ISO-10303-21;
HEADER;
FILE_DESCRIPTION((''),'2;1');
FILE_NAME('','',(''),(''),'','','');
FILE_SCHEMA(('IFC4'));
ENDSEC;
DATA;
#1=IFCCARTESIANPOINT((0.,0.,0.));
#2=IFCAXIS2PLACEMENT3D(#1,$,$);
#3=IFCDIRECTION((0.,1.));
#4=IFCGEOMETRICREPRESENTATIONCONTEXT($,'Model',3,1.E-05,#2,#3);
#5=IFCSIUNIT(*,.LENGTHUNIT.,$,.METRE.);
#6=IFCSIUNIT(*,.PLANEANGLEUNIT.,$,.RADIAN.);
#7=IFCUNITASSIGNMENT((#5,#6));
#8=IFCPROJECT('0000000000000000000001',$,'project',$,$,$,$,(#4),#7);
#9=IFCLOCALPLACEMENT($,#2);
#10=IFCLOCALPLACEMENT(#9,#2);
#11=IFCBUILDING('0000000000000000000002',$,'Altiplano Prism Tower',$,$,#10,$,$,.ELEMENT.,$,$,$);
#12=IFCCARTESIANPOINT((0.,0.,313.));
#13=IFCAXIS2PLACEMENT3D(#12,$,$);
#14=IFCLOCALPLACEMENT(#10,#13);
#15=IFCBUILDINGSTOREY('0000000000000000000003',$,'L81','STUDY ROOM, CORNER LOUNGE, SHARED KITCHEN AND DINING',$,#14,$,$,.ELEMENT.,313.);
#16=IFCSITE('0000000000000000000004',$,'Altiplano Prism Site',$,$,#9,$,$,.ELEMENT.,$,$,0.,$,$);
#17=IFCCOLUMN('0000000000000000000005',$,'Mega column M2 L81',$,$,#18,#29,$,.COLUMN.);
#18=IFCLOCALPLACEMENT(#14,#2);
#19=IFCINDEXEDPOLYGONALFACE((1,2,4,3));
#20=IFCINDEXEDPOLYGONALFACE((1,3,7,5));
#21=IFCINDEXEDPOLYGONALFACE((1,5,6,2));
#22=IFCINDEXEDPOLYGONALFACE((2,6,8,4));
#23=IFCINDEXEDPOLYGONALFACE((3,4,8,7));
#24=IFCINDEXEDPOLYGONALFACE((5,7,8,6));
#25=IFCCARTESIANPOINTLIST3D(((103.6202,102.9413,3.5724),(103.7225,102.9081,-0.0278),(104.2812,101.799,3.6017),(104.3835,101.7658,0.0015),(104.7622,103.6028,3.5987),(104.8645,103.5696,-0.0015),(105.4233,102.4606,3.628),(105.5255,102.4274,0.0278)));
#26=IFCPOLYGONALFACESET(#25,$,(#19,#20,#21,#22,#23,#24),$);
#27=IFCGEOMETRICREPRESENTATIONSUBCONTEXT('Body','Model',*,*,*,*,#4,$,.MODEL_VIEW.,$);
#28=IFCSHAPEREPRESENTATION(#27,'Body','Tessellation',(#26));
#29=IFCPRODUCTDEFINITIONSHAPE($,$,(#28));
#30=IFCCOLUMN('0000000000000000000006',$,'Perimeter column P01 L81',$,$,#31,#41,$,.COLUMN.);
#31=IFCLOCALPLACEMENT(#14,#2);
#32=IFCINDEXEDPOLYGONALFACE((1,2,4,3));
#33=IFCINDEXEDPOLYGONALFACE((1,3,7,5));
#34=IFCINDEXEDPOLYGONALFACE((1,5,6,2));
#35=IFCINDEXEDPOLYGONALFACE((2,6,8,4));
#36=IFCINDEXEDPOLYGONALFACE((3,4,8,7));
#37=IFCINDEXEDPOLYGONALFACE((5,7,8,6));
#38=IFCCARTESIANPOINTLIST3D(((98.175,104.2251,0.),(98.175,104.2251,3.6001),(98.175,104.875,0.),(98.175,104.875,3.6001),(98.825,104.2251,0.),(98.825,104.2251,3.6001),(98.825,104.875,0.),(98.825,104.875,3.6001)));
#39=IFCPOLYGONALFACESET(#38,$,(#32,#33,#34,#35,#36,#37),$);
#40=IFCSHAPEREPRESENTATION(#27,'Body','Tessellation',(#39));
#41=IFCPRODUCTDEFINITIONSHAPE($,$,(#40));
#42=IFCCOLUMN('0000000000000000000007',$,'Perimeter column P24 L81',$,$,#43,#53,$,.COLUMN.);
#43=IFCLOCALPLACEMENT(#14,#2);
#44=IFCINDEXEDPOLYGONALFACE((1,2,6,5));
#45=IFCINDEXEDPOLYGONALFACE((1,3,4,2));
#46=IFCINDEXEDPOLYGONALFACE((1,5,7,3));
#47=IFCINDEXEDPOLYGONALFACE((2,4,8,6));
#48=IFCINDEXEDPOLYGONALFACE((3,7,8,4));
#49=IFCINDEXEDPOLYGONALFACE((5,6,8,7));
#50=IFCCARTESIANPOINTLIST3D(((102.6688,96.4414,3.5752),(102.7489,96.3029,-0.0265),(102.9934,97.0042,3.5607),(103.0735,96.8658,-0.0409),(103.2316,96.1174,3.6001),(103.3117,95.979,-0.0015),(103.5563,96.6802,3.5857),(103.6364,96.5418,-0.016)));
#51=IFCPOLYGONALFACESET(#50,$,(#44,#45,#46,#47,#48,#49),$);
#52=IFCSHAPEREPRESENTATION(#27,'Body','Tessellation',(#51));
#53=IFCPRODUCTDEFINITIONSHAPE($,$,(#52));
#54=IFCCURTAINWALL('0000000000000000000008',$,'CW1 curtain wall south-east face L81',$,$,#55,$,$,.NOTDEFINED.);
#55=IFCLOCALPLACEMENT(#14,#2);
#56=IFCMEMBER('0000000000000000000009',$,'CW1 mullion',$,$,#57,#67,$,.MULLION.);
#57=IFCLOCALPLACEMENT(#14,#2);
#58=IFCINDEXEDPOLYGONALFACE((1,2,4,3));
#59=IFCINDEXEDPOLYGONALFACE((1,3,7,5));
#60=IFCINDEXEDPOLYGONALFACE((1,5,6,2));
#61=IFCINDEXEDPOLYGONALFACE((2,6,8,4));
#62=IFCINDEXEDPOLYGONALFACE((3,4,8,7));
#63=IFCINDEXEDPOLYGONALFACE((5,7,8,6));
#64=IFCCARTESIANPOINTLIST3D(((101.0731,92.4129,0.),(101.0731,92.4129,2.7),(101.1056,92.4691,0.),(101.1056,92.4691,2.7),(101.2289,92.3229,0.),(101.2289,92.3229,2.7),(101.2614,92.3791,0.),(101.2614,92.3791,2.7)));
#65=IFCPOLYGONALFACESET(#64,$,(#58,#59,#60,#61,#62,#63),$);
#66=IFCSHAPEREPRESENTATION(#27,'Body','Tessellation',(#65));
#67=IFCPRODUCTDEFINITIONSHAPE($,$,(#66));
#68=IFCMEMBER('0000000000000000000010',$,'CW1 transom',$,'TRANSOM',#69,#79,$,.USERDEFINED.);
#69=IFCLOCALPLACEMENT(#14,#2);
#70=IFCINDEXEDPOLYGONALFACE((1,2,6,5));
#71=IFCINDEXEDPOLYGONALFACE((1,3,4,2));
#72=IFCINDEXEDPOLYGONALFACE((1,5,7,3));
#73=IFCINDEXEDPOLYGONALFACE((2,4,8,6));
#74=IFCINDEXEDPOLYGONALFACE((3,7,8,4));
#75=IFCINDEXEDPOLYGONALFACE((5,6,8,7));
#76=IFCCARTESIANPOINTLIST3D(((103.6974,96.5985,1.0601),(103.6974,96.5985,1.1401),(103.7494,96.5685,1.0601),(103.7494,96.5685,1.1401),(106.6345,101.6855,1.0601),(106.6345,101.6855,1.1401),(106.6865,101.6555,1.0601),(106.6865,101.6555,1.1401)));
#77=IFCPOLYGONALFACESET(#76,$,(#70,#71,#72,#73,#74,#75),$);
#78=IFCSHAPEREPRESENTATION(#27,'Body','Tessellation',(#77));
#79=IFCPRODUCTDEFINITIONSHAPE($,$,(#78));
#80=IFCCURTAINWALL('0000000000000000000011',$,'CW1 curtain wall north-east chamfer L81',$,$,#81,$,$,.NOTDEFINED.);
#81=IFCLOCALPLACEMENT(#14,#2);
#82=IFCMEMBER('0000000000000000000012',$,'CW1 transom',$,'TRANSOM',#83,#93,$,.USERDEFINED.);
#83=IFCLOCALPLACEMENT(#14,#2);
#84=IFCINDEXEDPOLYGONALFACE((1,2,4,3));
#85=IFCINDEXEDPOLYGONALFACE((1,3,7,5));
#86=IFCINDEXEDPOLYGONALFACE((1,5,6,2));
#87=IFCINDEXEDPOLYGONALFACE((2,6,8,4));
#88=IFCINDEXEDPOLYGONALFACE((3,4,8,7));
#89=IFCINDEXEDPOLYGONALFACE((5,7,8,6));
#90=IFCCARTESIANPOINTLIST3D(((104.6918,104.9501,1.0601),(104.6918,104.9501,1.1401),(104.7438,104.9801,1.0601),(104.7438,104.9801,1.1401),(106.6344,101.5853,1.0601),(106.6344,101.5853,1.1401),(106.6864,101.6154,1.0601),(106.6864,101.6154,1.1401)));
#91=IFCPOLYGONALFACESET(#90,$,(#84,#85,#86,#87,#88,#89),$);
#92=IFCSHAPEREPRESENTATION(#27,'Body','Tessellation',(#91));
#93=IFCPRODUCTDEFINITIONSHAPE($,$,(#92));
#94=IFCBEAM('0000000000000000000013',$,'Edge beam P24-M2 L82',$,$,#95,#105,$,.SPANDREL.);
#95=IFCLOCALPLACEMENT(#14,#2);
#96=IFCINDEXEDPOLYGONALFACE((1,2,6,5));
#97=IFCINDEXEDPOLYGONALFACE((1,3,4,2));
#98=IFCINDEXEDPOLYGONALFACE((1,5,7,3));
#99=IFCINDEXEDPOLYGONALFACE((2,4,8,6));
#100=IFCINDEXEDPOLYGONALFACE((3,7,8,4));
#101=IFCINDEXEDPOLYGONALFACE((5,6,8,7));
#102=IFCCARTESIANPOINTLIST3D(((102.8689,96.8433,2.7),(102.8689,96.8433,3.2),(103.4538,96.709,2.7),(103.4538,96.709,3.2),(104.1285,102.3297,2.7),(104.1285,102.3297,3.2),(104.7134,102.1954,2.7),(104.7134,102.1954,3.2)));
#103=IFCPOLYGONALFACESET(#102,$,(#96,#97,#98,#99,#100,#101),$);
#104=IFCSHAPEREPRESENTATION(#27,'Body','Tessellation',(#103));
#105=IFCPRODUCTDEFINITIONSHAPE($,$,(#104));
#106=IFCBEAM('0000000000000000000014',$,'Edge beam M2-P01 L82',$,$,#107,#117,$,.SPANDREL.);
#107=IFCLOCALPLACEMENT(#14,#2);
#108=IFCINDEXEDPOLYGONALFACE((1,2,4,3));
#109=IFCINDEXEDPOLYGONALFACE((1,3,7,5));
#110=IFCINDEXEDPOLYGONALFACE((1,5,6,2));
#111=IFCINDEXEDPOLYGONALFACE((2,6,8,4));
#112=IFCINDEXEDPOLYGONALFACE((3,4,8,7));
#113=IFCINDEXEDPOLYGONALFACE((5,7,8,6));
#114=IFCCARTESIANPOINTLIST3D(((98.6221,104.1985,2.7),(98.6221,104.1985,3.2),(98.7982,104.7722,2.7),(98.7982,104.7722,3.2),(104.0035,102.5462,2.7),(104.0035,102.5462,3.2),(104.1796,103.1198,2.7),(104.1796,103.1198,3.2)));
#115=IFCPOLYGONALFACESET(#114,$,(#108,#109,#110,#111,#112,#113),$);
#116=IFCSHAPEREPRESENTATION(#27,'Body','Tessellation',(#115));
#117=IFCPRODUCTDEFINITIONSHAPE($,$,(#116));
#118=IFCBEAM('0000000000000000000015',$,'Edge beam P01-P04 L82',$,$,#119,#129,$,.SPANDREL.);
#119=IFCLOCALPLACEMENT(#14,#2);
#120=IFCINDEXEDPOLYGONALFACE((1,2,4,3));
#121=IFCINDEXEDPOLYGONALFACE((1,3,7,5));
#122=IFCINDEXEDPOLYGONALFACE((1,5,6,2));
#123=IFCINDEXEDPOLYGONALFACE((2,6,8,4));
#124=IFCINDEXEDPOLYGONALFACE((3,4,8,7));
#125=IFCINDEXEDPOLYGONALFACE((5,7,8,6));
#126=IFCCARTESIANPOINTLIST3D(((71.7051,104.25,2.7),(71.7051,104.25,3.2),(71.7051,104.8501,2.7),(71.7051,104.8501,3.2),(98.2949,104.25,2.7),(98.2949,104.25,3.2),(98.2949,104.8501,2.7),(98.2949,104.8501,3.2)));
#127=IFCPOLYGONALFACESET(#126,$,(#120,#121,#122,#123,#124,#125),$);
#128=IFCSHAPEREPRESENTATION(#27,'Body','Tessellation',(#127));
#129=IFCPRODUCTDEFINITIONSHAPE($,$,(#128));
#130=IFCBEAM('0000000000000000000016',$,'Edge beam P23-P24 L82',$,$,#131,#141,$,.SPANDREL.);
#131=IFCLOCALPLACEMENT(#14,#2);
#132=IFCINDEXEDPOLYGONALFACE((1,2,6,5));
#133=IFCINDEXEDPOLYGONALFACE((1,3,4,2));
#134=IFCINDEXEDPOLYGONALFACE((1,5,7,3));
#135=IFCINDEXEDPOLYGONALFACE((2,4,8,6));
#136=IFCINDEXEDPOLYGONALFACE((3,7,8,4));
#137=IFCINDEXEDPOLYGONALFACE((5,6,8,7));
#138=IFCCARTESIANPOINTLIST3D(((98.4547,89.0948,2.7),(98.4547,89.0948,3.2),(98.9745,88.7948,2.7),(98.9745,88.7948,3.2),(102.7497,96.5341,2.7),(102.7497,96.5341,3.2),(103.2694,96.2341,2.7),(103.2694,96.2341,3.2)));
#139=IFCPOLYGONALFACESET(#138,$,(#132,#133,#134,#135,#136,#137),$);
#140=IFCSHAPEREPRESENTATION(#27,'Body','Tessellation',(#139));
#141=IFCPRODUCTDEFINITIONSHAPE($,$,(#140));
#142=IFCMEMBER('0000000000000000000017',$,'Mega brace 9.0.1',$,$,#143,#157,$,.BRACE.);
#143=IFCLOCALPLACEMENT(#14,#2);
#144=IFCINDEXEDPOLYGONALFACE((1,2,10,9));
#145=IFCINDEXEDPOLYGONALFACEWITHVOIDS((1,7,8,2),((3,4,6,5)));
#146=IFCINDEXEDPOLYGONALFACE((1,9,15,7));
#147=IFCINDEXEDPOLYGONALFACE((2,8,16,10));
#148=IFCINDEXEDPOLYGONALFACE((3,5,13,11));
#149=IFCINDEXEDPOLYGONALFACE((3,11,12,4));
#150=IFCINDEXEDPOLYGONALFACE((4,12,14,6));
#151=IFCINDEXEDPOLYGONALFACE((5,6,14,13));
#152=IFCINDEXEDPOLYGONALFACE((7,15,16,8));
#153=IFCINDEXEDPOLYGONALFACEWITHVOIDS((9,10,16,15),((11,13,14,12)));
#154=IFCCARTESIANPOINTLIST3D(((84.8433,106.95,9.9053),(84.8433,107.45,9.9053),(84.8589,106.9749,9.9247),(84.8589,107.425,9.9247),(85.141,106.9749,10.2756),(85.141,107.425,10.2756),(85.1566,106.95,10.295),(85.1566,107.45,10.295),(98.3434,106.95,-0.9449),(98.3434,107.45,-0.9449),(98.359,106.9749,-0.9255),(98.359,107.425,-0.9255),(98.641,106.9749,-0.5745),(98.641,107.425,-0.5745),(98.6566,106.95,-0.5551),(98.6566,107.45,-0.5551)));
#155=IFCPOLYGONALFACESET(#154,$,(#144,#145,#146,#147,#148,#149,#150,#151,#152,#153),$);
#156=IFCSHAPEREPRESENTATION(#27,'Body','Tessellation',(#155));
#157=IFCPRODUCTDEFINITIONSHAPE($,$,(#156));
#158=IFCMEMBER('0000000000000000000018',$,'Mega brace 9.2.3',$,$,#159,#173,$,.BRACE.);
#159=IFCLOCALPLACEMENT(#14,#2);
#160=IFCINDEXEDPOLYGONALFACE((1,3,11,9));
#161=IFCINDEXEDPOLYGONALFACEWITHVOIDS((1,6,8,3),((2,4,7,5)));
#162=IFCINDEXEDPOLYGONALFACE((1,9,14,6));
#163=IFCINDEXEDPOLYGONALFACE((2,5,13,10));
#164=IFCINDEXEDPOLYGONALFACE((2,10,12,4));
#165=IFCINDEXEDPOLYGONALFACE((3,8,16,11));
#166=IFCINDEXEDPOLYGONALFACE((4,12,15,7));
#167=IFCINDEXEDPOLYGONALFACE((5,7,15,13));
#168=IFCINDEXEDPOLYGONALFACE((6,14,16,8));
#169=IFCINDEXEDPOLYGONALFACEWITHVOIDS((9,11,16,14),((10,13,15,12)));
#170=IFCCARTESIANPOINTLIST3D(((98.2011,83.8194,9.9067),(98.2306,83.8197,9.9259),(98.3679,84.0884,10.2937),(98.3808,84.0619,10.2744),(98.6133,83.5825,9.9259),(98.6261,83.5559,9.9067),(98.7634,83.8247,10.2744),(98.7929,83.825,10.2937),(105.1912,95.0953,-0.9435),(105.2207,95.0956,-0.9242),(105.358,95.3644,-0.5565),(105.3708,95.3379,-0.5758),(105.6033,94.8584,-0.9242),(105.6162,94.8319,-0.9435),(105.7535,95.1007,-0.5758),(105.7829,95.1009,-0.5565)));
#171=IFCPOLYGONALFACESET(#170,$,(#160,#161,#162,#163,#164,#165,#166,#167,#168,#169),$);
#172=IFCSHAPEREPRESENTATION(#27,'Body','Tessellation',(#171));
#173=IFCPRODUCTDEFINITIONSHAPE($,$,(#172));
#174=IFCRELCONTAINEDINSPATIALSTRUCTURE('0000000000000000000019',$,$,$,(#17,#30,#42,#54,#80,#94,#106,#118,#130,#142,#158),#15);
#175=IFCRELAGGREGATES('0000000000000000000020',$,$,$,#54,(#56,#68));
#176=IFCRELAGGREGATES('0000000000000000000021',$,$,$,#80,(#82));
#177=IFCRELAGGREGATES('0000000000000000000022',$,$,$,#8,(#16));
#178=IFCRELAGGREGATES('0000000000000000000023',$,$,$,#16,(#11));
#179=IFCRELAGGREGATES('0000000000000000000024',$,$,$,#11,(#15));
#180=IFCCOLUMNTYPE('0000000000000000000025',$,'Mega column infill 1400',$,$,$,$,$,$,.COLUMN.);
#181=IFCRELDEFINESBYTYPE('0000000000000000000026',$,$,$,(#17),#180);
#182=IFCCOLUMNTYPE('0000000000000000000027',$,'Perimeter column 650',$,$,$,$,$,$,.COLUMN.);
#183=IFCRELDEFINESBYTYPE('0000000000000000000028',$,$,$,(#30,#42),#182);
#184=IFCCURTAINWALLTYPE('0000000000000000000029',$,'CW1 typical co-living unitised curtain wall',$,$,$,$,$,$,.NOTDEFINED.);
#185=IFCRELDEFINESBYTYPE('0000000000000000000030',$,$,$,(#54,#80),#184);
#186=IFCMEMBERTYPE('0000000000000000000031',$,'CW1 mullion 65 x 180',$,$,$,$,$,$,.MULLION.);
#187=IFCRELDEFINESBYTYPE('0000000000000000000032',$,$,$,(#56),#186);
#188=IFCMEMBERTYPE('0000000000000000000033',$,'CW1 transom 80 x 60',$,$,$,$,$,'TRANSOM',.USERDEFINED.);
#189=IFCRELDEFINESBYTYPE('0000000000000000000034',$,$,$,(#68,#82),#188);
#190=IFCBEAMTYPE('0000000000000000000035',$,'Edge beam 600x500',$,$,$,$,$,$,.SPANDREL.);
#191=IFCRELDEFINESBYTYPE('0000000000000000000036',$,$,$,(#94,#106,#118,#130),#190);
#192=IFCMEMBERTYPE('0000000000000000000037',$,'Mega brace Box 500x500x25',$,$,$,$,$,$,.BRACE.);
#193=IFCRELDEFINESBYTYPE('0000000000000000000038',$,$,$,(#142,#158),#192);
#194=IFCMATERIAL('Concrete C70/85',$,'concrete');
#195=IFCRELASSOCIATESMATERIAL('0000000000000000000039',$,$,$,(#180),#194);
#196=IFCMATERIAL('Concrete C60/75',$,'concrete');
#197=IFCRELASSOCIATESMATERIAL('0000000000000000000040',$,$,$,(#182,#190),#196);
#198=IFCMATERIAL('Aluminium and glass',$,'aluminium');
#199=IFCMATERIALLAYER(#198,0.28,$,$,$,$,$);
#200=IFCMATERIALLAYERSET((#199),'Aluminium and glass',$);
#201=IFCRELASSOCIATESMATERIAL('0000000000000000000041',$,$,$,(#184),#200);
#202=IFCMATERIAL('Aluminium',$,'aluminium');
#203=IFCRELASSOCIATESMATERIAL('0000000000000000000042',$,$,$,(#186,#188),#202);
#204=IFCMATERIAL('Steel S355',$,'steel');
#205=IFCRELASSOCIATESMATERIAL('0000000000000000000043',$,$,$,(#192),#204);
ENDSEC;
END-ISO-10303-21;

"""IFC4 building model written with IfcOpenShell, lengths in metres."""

from ifc_helpers import new_model, si_unit, direction, frame, origin, origin_2d, place, context, subcontext, project, spatial, rectangle, hollow_rectangle, extrude, material, layer, layer_set, material_profile, profile_set, type_object, element, aggregate, save


model = new_model("IFC4")

# Units and contexts
model_context = context("Model", 3, precision=1e-05, world=origin(), true_north=direction((0.0, 1.0)))
body_context = subcontext(model_context, "Body", "Model", "MODEL_VIEW")
ifc_project = project(units=[si_unit("LENGTHUNIT", "METRE"), si_unit("PLANEANGLEUNIT", "RADIAN")], contexts=[model_context])

# Site, building, storey
site_placement = place(None, origin())
site = spatial("IfcSite", under=ifc_project, at=site_placement, Name="Altiplano Prism Site", CompositionType="ELEMENT", RefElevation=0.0)
building_placement = place(site_placement, origin())
building = spatial("IfcBuilding", under=site, at=building_placement, Name="Altiplano Prism Tower", CompositionType="ELEMENT")
storey_placement = place(building_placement, frame((0.0, 0.0, 313.0)))
storey = spatial("IfcBuildingStorey", under=building, at=storey_placement, Name="L81", Description="STUDY ROOM, CORNER LOUNGE, SHARED KITCHEN AND DINING", CompositionType="ELEMENT", Elevation=313.0)

# Columns
ifc_material_1 = material(Name="Concrete C70/85", Category="concrete")
ifc_material_profile_1 = material_profile(ifc_material_1, rectangle(XDim=1.3201, YDim=1.3201, at=origin_2d()), Name="Mega column infill 1400")
ifc_profile_set_1 = profile_set([ifc_material_profile_1], Name="Concrete C70/85")
column_type_1 = type_object("IfcColumnType", Name="Mega column infill 1400", PredefinedType="COLUMN", material=ifc_profile_set_1)
column_1_placement = place(storey_placement, frame((104.624, 102.6677, 0.0), z_axis=(-0.028402, 0.009219, 0.999554), x_axis=(0.500755, -0.865304, 0.022209)))
element("IfcColumn", 1, at=column_1_placement, inside=storey, type_object=column_type_1, Name="Mega column M2 L81", PredefinedType="COLUMN", context=body_context, shape_type="SweptSolid", body=[
    extrude(rectangle(XDim=1.3201, YDim=1.3201, at=origin_2d()), origin(), (0.0, 0.0, 1.0), 3.6018),
])
ifc_material_2 = material(Name="Concrete C60/75", Category="concrete")
ifc_material_profile_2 = material_profile(ifc_material_2, rectangle(XDim=0.6499, YDim=0.6499, at=origin_2d()), Name="Perimeter column 650")
ifc_profile_set_2 = profile_set([ifc_material_profile_2], Name="Concrete C60/75")
column_type_2 = type_object("IfcColumnType", Name="Perimeter column 650", PredefinedType="COLUMN", material=ifc_profile_set_2)
column_2_placement = place(storey_placement, frame((98.5, 104.55, 0.0), z_axis=(0.0, 0.0, 1.0), x_axis=(1.0, 0.0, 0.0)))
element("IfcColumn", 2, at=column_2_placement, inside=storey, type_object=column_type_2, Name="Perimeter column P01 L81", PredefinedType="COLUMN", context=body_context, shape_type="SweptSolid", body=[
    extrude(rectangle(XDim=0.6499, YDim=0.6499, at=origin_2d()), origin(), (0.0, 0.0, 1.0), 3.6001),
])
column_3_placement = place(storey_placement, frame((103.1926, 96.4224, -0.0212), z_axis=(-0.022212, 0.038398, 0.999016), x_axis=(-0.499508, -0.866025, 0.02218)))
element("IfcColumn", 3, at=column_3_placement, inside=storey, type_object=column_type_2, Name="Perimeter column P24 L81", PredefinedType="COLUMN", context=body_context, shape_type="SweptSolid", body=[
    extrude(rectangle(XDim=0.6499, YDim=0.6499, at=origin_2d()), origin(), (0.0, 0.0, 1.0), 3.6052),
])

# Curtain wall, members
ifc_material_3 = material(Name="Aluminium and glass", Category="aluminium")
ifc_layer_1 = layer(ifc_material_3, 0.28)
ifc_layer_set_1 = layer_set([ifc_layer_1], Name="Aluminium and glass")
curtain_wall_type = type_object("IfcCurtainWallType", Name="CW1 typical co-living unitised curtain wall", PredefinedType="NOTDEFINED", material=ifc_layer_set_1)
curtain_wall_1_placement = place(storey_placement, origin())
curtain_wall_1 = element("IfcCurtainWall", 4, at=curtain_wall_1_placement, inside=storey, type_object=curtain_wall_type, Name="CW1 curtain wall south-east face L81", PredefinedType="NOTDEFINED")
ifc_material_4 = material(Name="Aluminium", Category="aluminium")
ifc_material_profile_3 = material_profile(ifc_material_4, rectangle(XDim=0.1799, YDim=0.0649, at=origin_2d()), Name="CW1 mullion 65 x 180")
ifc_profile_set_3 = profile_set([ifc_material_profile_3], Name="Aluminium")
member_type_1 = type_object("IfcMemberType", Name="CW1 mullion 65 x 180", PredefinedType="MULLION", material=ifc_profile_set_3)
member_1_placement = place(storey_placement, frame((101.1672, 92.396, 0.0), z_axis=(0.0, 0.0, 1.0), x_axis=(-0.866025, 0.5, 0.0)))
member_1 = element("IfcMember", 5, at=member_1_placement, type_object=member_type_1, Name="CW1 mullion", PredefinedType="MULLION", context=body_context, shape_type="SweptSolid", body=[
    extrude(rectangle(XDim=0.1799, YDim=0.0649, at=origin_2d()), origin(), (0.0, 0.0, 1.0), 2.7),
])
ifc_material_profile_4 = material_profile(ifc_material_4, rectangle(XDim=0.0601, YDim=0.0801, at=origin_2d()), Name="CW1 transom 80 x 60")
ifc_profile_set_4 = profile_set([ifc_material_profile_4], Name="Aluminium")
member_type_2 = type_object("IfcMemberType", Name="CW1 transom 80 x 60", ElementType="TRANSOM", PredefinedType="USERDEFINED", material=ifc_profile_set_4)
member_2_placement = place(storey_placement, frame((103.7234, 96.5835, 1.1001), z_axis=(0.50001, 0.866019, 0.0), x_axis=(-0.866019, 0.50001, 0.0)))
member_2 = element("IfcMember", 6, at=member_2_placement, type_object=member_type_2, Name="CW1 transom", ObjectType="TRANSOM", PredefinedType="USERDEFINED", context=body_context, shape_type="SweptSolid", body=[
    extrude(rectangle(XDim=0.0601, YDim=0.0801, at=origin_2d()), origin(), (0.0, 0.0, 1.0), 5.874),
])

# Curtain wall, member
curtain_wall_2_placement = place(storey_placement, origin())
curtain_wall_2 = element("IfcCurtainWall", 7, at=curtain_wall_2_placement, inside=storey, type_object=curtain_wall_type, Name="CW1 curtain wall north-east chamfer L81", PredefinedType="NOTDEFINED")
member_3_placement = place(storey_placement, frame((106.6604, 101.6003, 1.1001), z_axis=(-0.499998, 0.866027, 0.0), x_axis=(-0.866027, -0.499998, 0.0)))
member_3 = element("IfcMember", 8, at=member_3_placement, type_object=member_type_2, Name="CW1 transom", ObjectType="TRANSOM", PredefinedType="USERDEFINED", context=body_context, shape_type="SweptSolid", body=[
    extrude(rectangle(XDim=0.0601, YDim=0.0801, at=origin_2d()), origin(), (0.0, 0.0, 1.0), 3.8853),
])

# Beams
ifc_material_profile_5 = material_profile(ifc_material_2, rectangle(XDim=0.6001, YDim=0.5, at=origin_2d()), Name="Edge beam 600x500")
ifc_profile_set_5 = profile_set([ifc_material_profile_5], Name="Concrete C60/75")
beam_type = type_object("IfcBeamType", Name="Edge beam 600x500", PredefinedType="SPANDREL", material=ifc_profile_set_5)
beam_1_placement = place(storey_placement, frame((103.1614, 96.7761, 2.95), z_axis=(0.223754, 0.974646, 0.0), x_axis=(-0.974646, 0.223754, 0.0)))
element("IfcBeam", 9, at=beam_1_placement, inside=storey, type_object=beam_type, Name="Edge beam P24-M2 L82", PredefinedType="SPANDREL", context=body_context, shape_type="SweptSolid", body=[
    extrude(rectangle(XDim=0.6001, YDim=0.5, at=origin_2d()), origin(), (0.0, 0.0, 1.0), 5.6292),
])
beam_2_placement = place(storey_placement, frame((104.0916, 102.833, 2.95), z_axis=(-0.955951, 0.293525, 0.0), x_axis=(-0.293525, -0.955951, 0.0)))
element("IfcBeam", 10, at=beam_2_placement, inside=storey, type_object=beam_type, Name="Edge beam M2-P01 L82", PredefinedType="SPANDREL", context=body_context, shape_type="SweptSolid", body=[
    extrude(rectangle(XDim=0.6001, YDim=0.5, at=origin_2d()), origin(), (0.0, 0.0, 1.0), 5.6294),
])
beam_3_placement = place(storey_placement, frame((98.2949, 104.55, 2.95), z_axis=(-1.0, 0.0, 0.0), x_axis=(0.0, -1.0, 0.0)))
element("IfcBeam", 11, at=beam_3_placement, inside=storey, type_object=beam_type, Name="Edge beam P01-P04 L82", PredefinedType="SPANDREL", context=body_context, shape_type="SweptSolid", body=[
    extrude(rectangle(XDim=0.6001, YDim=0.5, at=origin_2d()), origin(), (0.0, 0.0, 1.0), 26.5898),
])
beam_4_placement = place(storey_placement, frame((98.7146, 88.9448, 2.95), z_axis=(0.499991, 0.866031, 0.0), x_axis=(-0.866031, 0.499991, 0.0)))
element("IfcBeam", 12, at=beam_4_placement, inside=storey, type_object=beam_type, Name="Edge beam P23-P24 L82", PredefinedType="SPANDREL", context=body_context, shape_type="SweptSolid", body=[
    extrude(rectangle(XDim=0.6001, YDim=0.5, at=origin_2d()), origin(), (0.0, 0.0, 1.0), 8.5901),
])

# Members
ifc_material_5 = material(Name="Steel S355", Category="steel")
ifc_material_profile_6 = material_profile(ifc_material_5, hollow_rectangle(XDim=0.5, YDim=0.5, WallThickness=0.0249, at=origin_2d()), Name="Mega brace Box 500x500x25")
ifc_profile_set_6 = profile_set([ifc_material_profile_6], Name="Steel S355")
member_type_3 = type_object("IfcMemberType", Name="Mega brace Box 500x500x25", PredefinedType="BRACE", material=ifc_profile_set_6)
member_4_placement = place(storey_placement, frame((98.5, 107.2, -0.75), z_axis=(-0.779456, 0.0, 0.626457), x_axis=(0.0, -1.0, 0.0)))
element("IfcMember", 13, at=member_4_placement, inside=storey, type_object=member_type_3, Name="Mega brace 9.0.1", PredefinedType="BRACE", context=body_context, shape_type="SweptSolid", body=[
    extrude(hollow_rectangle(XDim=0.5, YDim=0.5, WallThickness=0.0249, at=origin_2d()), origin(), (0.0, 0.0, 1.0), 17.3198),
])
member_5_placement = place(storey_placement, frame((105.4871, 95.0981, -0.75), z_axis=(-0.407852, -0.657925, 0.633081), x_axis=(0.849938, -0.526882, 0.0)))
element("IfcMember", 14, at=member_5_placement, inside=storey, type_object=member_type_3, Name="Mega brace 9.2.3", PredefinedType="BRACE", context=body_context, shape_type="SweptSolid", body=[
    extrude(hollow_rectangle(XDim=0.5, YDim=0.5, WallThickness=0.0249, at=origin_2d()), origin(), (0.0, 0.0, 1.0), 17.1387),
])

aggregate(curtain_wall_1, [member_1, member_2])
aggregate(curtain_wall_2, [member_3])

save(model, "model.ifc")
